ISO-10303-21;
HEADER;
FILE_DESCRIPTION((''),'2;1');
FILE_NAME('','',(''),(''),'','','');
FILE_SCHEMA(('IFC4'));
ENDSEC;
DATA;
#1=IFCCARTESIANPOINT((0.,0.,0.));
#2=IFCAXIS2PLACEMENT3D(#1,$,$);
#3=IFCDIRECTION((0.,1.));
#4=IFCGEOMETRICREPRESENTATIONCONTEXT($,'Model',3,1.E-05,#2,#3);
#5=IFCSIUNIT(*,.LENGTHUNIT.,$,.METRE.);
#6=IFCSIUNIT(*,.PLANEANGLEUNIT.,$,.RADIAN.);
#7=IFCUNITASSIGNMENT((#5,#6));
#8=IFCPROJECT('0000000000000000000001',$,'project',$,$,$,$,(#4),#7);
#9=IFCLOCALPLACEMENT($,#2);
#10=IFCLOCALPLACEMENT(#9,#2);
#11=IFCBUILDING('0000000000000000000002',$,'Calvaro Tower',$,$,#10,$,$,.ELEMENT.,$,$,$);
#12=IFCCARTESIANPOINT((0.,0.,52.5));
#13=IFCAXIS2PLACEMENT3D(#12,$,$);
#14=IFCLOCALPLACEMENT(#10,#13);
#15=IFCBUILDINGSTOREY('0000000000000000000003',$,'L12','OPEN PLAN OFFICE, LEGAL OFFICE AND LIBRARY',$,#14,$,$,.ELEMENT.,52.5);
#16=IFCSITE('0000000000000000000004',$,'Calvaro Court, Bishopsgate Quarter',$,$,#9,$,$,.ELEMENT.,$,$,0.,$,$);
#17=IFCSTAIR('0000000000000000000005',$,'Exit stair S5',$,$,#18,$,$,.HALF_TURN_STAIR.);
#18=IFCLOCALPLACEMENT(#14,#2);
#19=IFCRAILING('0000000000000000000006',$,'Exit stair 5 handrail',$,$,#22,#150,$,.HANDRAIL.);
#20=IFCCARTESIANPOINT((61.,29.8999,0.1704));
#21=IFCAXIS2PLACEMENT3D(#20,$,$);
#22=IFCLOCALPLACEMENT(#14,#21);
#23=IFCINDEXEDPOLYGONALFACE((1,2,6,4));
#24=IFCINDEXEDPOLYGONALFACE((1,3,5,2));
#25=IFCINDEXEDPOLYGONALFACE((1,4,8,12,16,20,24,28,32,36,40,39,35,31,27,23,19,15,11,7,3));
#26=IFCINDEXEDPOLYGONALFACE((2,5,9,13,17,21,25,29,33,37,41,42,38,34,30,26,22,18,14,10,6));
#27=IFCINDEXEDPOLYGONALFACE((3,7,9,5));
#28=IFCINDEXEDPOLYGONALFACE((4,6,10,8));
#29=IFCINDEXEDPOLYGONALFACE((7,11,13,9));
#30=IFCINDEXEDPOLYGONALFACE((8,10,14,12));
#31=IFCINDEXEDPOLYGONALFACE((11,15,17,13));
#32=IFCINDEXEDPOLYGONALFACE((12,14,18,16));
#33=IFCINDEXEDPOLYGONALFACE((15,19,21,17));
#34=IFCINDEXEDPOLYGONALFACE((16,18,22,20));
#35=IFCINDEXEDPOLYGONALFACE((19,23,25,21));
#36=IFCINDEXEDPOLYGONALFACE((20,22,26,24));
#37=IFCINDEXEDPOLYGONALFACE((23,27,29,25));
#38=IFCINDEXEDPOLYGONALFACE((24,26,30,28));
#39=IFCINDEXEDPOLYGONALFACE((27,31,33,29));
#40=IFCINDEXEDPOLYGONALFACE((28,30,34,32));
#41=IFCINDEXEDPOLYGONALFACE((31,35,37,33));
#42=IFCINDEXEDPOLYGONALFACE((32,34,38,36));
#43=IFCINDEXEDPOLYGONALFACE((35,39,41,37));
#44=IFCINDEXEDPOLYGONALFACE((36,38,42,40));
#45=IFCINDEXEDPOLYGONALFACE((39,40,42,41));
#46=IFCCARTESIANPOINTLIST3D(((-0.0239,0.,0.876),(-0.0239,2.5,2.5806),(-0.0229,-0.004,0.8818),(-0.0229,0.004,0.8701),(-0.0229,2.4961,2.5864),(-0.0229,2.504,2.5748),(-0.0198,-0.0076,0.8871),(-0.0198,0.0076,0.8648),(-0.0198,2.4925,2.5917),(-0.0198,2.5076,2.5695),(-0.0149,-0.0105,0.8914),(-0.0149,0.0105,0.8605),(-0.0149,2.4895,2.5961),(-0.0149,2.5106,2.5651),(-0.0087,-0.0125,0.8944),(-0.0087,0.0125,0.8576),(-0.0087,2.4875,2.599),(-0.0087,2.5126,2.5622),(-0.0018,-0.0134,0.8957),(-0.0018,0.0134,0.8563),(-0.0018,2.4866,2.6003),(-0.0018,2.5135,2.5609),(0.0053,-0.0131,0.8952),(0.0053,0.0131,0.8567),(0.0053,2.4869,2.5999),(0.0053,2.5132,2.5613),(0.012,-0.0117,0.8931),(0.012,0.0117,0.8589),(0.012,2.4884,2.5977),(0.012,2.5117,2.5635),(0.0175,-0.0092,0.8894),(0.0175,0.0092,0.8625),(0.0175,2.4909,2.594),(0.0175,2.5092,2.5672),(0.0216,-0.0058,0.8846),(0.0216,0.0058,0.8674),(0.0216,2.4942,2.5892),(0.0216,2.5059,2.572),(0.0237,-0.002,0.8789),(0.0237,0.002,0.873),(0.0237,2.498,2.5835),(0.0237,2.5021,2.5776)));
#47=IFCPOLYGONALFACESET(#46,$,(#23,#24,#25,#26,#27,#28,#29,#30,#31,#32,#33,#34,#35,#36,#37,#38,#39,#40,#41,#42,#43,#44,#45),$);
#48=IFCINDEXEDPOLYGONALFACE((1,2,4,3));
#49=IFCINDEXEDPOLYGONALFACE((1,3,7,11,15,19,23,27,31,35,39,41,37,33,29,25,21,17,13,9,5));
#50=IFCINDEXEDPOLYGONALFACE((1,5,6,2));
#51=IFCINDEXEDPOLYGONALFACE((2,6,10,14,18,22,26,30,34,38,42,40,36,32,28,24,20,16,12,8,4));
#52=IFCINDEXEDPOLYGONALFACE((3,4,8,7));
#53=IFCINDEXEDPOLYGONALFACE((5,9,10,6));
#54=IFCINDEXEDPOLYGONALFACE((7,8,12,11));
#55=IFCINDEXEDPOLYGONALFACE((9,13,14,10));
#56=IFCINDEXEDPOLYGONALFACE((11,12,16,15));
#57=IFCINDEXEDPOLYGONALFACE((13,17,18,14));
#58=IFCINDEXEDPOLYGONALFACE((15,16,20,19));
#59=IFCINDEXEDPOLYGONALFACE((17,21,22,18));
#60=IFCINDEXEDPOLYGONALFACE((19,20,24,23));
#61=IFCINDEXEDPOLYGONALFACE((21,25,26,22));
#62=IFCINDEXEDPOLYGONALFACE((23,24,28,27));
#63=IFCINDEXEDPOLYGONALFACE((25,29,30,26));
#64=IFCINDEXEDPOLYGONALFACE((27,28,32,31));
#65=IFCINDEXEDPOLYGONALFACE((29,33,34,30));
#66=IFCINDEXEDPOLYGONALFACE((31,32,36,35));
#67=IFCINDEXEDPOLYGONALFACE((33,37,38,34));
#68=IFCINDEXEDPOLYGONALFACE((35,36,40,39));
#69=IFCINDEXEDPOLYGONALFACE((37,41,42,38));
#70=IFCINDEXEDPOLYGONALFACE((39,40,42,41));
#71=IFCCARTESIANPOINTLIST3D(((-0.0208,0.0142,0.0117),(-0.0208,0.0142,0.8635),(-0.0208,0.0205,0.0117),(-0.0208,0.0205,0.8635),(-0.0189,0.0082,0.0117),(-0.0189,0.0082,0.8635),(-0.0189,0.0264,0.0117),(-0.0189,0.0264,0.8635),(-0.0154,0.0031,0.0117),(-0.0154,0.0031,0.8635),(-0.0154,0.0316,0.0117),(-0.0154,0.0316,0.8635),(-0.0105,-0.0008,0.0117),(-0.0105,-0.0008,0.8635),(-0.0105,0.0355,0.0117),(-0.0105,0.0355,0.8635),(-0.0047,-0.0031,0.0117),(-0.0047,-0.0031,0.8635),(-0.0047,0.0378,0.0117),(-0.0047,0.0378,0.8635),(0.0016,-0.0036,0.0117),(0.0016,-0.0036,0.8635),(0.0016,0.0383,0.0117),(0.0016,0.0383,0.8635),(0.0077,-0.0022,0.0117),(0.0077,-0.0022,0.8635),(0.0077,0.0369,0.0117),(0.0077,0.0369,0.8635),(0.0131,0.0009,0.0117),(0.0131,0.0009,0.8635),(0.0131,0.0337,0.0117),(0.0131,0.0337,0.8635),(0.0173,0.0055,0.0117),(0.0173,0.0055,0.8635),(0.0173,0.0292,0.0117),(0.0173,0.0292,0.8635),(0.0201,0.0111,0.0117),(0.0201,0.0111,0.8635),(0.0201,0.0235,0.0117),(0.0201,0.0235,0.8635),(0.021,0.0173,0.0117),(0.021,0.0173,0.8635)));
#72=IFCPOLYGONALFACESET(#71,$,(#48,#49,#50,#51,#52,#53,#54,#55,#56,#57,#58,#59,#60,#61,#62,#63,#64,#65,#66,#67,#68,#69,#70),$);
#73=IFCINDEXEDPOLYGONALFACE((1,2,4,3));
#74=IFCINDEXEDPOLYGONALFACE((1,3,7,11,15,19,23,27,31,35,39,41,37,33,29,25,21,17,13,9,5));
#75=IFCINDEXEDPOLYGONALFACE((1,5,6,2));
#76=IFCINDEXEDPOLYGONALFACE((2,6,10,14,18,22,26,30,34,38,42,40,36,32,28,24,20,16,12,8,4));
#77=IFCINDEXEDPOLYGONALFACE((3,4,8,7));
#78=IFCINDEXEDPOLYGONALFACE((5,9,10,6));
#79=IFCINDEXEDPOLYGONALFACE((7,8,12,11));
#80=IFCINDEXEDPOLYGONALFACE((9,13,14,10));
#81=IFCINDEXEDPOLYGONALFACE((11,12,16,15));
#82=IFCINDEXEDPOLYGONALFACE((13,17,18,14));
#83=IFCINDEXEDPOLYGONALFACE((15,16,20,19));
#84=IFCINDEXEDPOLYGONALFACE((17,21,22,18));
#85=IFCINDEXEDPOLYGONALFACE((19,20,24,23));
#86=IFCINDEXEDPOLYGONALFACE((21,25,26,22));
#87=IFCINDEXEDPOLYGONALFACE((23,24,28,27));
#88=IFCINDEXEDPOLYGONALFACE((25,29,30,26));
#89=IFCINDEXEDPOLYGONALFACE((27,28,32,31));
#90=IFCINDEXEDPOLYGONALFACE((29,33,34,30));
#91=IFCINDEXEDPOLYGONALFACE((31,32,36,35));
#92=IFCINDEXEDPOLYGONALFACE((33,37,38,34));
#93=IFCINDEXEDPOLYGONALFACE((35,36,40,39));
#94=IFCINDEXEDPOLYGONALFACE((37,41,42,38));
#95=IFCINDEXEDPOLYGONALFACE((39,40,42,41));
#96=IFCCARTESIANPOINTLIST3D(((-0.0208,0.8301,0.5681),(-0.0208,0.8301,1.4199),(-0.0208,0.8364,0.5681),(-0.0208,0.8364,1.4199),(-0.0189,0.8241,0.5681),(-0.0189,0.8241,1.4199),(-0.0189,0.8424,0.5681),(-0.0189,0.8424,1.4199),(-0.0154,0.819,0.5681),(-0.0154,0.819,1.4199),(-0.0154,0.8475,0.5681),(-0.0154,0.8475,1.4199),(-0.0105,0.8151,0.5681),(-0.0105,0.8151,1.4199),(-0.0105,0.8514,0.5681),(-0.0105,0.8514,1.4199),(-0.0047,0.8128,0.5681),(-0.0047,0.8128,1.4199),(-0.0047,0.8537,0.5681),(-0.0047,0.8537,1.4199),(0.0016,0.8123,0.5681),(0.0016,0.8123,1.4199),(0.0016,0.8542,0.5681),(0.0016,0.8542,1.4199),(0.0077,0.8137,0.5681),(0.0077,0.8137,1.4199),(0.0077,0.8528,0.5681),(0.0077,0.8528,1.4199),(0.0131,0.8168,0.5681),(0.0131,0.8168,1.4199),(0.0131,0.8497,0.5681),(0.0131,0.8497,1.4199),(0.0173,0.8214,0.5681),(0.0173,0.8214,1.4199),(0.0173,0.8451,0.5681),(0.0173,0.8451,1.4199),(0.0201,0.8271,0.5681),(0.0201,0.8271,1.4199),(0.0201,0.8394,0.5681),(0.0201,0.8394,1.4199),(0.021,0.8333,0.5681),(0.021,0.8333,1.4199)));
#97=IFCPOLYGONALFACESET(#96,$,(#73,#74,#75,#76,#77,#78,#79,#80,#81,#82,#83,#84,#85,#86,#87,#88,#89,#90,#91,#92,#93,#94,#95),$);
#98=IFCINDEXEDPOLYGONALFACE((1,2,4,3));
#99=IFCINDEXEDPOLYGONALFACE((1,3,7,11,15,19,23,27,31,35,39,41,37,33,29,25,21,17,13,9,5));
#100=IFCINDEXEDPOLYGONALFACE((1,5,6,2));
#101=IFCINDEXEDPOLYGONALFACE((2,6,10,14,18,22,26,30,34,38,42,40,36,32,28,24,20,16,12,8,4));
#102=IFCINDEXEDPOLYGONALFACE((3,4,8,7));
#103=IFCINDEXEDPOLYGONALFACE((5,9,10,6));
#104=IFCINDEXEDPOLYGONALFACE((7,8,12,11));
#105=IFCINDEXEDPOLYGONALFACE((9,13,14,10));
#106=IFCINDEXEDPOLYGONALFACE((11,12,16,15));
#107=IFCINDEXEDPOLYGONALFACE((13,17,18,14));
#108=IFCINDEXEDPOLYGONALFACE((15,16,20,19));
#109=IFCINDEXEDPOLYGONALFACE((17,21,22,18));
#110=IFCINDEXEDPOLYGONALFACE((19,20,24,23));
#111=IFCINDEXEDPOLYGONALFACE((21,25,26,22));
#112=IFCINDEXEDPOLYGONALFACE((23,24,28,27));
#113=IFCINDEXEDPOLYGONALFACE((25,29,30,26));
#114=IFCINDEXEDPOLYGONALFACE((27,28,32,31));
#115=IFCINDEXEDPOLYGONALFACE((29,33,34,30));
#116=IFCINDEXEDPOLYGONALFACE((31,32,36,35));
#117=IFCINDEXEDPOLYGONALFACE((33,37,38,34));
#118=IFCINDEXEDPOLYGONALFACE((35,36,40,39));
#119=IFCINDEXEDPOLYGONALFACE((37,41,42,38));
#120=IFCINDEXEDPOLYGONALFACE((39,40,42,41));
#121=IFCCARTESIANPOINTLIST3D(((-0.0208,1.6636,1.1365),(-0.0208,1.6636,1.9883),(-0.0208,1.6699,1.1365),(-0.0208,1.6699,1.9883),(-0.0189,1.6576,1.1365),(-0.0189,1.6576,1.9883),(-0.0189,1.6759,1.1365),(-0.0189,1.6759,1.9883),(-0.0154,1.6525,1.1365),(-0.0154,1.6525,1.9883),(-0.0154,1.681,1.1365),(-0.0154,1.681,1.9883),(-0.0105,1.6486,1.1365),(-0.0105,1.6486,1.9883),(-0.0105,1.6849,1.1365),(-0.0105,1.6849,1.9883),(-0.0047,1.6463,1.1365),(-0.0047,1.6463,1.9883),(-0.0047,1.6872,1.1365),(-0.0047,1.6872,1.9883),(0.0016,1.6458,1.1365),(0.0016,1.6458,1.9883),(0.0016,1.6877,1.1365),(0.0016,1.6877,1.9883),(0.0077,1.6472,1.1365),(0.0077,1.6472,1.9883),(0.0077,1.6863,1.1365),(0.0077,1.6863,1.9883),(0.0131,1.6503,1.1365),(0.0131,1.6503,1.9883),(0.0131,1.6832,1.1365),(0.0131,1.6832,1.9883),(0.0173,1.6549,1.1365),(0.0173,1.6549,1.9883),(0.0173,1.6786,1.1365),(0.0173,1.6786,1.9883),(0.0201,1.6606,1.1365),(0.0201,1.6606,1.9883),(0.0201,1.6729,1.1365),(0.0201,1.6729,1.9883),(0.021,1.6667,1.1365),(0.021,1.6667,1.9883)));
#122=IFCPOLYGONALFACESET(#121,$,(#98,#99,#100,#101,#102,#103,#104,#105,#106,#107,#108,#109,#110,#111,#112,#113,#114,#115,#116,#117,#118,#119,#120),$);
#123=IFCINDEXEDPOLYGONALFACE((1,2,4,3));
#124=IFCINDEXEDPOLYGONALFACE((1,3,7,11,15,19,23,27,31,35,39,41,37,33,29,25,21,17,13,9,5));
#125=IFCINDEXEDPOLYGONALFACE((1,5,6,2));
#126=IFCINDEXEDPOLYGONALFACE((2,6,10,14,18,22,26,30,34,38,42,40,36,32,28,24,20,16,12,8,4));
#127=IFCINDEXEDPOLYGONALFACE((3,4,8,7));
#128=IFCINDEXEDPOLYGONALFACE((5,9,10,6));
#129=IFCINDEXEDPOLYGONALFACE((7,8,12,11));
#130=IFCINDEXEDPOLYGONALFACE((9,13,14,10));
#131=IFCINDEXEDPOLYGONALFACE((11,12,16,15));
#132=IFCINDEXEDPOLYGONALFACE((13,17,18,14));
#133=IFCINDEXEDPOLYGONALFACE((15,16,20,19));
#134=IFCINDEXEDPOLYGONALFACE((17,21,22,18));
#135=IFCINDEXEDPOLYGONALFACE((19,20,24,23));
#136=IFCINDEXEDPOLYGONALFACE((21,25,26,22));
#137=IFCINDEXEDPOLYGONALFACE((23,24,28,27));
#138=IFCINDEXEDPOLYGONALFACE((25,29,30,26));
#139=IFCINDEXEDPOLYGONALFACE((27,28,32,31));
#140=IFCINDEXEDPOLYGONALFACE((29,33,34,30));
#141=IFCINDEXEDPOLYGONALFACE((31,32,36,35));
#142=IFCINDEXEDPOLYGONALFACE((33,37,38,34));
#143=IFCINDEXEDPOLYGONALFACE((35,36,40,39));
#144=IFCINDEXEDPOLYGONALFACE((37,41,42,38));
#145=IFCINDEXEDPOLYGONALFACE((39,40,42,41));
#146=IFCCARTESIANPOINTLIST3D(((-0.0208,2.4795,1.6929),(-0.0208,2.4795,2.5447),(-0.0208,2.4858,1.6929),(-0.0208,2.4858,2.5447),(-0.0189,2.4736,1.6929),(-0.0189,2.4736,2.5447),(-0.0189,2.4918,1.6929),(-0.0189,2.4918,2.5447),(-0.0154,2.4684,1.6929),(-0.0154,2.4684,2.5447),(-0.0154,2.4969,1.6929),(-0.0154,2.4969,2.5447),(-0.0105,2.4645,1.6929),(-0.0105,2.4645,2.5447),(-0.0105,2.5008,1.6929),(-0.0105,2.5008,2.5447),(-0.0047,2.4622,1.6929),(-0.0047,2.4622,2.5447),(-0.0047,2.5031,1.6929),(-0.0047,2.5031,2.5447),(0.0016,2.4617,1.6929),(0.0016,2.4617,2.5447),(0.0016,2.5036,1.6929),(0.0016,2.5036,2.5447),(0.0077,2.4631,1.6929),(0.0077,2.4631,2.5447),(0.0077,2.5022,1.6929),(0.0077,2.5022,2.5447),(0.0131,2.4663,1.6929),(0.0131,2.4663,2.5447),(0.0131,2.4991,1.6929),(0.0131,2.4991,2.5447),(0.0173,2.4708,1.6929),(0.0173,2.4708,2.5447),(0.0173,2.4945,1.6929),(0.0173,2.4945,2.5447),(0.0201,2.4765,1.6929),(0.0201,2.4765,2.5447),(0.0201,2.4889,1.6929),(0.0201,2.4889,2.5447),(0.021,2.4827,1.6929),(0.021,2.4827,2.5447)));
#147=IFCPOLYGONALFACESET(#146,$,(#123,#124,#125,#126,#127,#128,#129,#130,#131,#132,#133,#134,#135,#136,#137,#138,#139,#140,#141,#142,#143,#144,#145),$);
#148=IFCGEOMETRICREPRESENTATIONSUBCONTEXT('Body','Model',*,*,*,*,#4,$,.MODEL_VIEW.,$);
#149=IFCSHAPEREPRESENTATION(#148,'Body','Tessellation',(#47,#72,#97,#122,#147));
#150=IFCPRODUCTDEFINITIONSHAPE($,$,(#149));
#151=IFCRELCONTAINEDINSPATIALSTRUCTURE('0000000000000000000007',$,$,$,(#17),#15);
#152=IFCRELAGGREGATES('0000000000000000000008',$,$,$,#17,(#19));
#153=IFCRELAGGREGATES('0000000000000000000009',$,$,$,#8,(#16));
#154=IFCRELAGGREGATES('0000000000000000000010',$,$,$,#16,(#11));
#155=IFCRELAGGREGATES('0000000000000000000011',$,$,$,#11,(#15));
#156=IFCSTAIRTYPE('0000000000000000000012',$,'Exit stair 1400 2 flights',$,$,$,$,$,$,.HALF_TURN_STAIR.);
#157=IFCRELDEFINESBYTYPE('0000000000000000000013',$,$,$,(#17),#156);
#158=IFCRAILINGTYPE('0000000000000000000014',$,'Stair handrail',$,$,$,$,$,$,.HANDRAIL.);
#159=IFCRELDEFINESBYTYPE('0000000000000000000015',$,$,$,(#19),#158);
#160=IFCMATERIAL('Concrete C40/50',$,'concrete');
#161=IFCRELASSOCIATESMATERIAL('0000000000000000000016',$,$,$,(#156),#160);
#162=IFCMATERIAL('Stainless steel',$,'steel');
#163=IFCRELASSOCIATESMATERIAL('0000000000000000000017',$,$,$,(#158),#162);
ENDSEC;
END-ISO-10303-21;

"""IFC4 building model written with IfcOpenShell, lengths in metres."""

from ifc_helpers import new_model, si_unit, direction, frame, origin, origin_2d, place, context, subcontext, project, spatial, circle, extrude, material, type_object, element, aggregate, save


model = new_model("IFC4")

# Units and contexts
model_context = context("Model", 3, precision=1e-05, world=origin(), true_north=direction((0.0, 1.0)))
body_context = subcontext(model_context, "Body", "Model", "MODEL_VIEW")
ifc_project = project(units=[si_unit("LENGTHUNIT", "METRE"), si_unit("PLANEANGLEUNIT", "RADIAN")], contexts=[model_context])

# Site, building, storey
site_placement = place(None, origin())
site = spatial("IfcSite", under=ifc_project, at=site_placement, Name="Calvaro Court, Bishopsgate Quarter", CompositionType="ELEMENT", RefElevation=0.0)
building_placement = place(site_placement, origin())
building = spatial("IfcBuilding", under=site, at=building_placement, Name="Calvaro Tower", CompositionType="ELEMENT")
storey_placement = place(building_placement, frame((0.0, 0.0, 52.5)))
storey = spatial("IfcBuildingStorey", under=building, at=storey_placement, Name="L12", Description="OPEN PLAN OFFICE, LEGAL OFFICE AND LIBRARY", CompositionType="ELEMENT", Elevation=52.5)

# Stair, railing
ifc_material_1 = material(Name="Concrete C40/50", Category="concrete")
stair_type = type_object("IfcStairType", Name="Exit stair 1400 2 flights", PredefinedType="HALF_TURN_STAIR", material=ifc_material_1)
stair_placement = place(storey_placement, origin())
stair = element("IfcStair", 1, at=stair_placement, inside=storey, type_object=stair_type, Name="Exit stair S5", PredefinedType="HALF_TURN_STAIR")
ifc_material_2 = material(Name="Stainless steel", Category="steel")
railing_type = type_object("IfcRailingType", Name="Stair handrail", PredefinedType="HANDRAIL", material=ifc_material_2)
railing_placement = place(storey_placement, frame((61.0, 29.8999, 0.1704)))
railing = element("IfcRailing", 2, at=railing_placement, type_object=railing_type, Name="Exit stair 5 handrail", PredefinedType="HANDRAIL", context=body_context, shape_type="SweptSolid", body=[
    extrude(circle(Radius=0.0239, at=origin_2d()), frame((0.0, 0.0, 0.876), z_axis=(0.0, 0.826221, 0.563347), x_axis=(-1.0, 0.0, 0.0)), (0.0, 0.0, 1.0), 3.0259),
    extrude(circle(Radius=0.021, at=origin_2d()), frame((0.0, 0.0173, 0.0117)), (0.0, 0.0, 1.0), 0.8518),
    extrude(circle(Radius=0.021, at=origin_2d()), frame((0.0, 0.8333, 0.5681)), (0.0, 0.0, 1.0), 0.8518),
    extrude(circle(Radius=0.021, at=origin_2d()), frame((0.0, 1.6667, 1.1365)), (0.0, 0.0, 1.0), 0.8518),
    extrude(circle(Radius=0.021, at=origin_2d()), frame((0.0, 2.4827, 1.6929)), (0.0, 0.0, 1.0), 0.8518),
])
aggregate(stair, [railing])

save(model, "model.ifc")
